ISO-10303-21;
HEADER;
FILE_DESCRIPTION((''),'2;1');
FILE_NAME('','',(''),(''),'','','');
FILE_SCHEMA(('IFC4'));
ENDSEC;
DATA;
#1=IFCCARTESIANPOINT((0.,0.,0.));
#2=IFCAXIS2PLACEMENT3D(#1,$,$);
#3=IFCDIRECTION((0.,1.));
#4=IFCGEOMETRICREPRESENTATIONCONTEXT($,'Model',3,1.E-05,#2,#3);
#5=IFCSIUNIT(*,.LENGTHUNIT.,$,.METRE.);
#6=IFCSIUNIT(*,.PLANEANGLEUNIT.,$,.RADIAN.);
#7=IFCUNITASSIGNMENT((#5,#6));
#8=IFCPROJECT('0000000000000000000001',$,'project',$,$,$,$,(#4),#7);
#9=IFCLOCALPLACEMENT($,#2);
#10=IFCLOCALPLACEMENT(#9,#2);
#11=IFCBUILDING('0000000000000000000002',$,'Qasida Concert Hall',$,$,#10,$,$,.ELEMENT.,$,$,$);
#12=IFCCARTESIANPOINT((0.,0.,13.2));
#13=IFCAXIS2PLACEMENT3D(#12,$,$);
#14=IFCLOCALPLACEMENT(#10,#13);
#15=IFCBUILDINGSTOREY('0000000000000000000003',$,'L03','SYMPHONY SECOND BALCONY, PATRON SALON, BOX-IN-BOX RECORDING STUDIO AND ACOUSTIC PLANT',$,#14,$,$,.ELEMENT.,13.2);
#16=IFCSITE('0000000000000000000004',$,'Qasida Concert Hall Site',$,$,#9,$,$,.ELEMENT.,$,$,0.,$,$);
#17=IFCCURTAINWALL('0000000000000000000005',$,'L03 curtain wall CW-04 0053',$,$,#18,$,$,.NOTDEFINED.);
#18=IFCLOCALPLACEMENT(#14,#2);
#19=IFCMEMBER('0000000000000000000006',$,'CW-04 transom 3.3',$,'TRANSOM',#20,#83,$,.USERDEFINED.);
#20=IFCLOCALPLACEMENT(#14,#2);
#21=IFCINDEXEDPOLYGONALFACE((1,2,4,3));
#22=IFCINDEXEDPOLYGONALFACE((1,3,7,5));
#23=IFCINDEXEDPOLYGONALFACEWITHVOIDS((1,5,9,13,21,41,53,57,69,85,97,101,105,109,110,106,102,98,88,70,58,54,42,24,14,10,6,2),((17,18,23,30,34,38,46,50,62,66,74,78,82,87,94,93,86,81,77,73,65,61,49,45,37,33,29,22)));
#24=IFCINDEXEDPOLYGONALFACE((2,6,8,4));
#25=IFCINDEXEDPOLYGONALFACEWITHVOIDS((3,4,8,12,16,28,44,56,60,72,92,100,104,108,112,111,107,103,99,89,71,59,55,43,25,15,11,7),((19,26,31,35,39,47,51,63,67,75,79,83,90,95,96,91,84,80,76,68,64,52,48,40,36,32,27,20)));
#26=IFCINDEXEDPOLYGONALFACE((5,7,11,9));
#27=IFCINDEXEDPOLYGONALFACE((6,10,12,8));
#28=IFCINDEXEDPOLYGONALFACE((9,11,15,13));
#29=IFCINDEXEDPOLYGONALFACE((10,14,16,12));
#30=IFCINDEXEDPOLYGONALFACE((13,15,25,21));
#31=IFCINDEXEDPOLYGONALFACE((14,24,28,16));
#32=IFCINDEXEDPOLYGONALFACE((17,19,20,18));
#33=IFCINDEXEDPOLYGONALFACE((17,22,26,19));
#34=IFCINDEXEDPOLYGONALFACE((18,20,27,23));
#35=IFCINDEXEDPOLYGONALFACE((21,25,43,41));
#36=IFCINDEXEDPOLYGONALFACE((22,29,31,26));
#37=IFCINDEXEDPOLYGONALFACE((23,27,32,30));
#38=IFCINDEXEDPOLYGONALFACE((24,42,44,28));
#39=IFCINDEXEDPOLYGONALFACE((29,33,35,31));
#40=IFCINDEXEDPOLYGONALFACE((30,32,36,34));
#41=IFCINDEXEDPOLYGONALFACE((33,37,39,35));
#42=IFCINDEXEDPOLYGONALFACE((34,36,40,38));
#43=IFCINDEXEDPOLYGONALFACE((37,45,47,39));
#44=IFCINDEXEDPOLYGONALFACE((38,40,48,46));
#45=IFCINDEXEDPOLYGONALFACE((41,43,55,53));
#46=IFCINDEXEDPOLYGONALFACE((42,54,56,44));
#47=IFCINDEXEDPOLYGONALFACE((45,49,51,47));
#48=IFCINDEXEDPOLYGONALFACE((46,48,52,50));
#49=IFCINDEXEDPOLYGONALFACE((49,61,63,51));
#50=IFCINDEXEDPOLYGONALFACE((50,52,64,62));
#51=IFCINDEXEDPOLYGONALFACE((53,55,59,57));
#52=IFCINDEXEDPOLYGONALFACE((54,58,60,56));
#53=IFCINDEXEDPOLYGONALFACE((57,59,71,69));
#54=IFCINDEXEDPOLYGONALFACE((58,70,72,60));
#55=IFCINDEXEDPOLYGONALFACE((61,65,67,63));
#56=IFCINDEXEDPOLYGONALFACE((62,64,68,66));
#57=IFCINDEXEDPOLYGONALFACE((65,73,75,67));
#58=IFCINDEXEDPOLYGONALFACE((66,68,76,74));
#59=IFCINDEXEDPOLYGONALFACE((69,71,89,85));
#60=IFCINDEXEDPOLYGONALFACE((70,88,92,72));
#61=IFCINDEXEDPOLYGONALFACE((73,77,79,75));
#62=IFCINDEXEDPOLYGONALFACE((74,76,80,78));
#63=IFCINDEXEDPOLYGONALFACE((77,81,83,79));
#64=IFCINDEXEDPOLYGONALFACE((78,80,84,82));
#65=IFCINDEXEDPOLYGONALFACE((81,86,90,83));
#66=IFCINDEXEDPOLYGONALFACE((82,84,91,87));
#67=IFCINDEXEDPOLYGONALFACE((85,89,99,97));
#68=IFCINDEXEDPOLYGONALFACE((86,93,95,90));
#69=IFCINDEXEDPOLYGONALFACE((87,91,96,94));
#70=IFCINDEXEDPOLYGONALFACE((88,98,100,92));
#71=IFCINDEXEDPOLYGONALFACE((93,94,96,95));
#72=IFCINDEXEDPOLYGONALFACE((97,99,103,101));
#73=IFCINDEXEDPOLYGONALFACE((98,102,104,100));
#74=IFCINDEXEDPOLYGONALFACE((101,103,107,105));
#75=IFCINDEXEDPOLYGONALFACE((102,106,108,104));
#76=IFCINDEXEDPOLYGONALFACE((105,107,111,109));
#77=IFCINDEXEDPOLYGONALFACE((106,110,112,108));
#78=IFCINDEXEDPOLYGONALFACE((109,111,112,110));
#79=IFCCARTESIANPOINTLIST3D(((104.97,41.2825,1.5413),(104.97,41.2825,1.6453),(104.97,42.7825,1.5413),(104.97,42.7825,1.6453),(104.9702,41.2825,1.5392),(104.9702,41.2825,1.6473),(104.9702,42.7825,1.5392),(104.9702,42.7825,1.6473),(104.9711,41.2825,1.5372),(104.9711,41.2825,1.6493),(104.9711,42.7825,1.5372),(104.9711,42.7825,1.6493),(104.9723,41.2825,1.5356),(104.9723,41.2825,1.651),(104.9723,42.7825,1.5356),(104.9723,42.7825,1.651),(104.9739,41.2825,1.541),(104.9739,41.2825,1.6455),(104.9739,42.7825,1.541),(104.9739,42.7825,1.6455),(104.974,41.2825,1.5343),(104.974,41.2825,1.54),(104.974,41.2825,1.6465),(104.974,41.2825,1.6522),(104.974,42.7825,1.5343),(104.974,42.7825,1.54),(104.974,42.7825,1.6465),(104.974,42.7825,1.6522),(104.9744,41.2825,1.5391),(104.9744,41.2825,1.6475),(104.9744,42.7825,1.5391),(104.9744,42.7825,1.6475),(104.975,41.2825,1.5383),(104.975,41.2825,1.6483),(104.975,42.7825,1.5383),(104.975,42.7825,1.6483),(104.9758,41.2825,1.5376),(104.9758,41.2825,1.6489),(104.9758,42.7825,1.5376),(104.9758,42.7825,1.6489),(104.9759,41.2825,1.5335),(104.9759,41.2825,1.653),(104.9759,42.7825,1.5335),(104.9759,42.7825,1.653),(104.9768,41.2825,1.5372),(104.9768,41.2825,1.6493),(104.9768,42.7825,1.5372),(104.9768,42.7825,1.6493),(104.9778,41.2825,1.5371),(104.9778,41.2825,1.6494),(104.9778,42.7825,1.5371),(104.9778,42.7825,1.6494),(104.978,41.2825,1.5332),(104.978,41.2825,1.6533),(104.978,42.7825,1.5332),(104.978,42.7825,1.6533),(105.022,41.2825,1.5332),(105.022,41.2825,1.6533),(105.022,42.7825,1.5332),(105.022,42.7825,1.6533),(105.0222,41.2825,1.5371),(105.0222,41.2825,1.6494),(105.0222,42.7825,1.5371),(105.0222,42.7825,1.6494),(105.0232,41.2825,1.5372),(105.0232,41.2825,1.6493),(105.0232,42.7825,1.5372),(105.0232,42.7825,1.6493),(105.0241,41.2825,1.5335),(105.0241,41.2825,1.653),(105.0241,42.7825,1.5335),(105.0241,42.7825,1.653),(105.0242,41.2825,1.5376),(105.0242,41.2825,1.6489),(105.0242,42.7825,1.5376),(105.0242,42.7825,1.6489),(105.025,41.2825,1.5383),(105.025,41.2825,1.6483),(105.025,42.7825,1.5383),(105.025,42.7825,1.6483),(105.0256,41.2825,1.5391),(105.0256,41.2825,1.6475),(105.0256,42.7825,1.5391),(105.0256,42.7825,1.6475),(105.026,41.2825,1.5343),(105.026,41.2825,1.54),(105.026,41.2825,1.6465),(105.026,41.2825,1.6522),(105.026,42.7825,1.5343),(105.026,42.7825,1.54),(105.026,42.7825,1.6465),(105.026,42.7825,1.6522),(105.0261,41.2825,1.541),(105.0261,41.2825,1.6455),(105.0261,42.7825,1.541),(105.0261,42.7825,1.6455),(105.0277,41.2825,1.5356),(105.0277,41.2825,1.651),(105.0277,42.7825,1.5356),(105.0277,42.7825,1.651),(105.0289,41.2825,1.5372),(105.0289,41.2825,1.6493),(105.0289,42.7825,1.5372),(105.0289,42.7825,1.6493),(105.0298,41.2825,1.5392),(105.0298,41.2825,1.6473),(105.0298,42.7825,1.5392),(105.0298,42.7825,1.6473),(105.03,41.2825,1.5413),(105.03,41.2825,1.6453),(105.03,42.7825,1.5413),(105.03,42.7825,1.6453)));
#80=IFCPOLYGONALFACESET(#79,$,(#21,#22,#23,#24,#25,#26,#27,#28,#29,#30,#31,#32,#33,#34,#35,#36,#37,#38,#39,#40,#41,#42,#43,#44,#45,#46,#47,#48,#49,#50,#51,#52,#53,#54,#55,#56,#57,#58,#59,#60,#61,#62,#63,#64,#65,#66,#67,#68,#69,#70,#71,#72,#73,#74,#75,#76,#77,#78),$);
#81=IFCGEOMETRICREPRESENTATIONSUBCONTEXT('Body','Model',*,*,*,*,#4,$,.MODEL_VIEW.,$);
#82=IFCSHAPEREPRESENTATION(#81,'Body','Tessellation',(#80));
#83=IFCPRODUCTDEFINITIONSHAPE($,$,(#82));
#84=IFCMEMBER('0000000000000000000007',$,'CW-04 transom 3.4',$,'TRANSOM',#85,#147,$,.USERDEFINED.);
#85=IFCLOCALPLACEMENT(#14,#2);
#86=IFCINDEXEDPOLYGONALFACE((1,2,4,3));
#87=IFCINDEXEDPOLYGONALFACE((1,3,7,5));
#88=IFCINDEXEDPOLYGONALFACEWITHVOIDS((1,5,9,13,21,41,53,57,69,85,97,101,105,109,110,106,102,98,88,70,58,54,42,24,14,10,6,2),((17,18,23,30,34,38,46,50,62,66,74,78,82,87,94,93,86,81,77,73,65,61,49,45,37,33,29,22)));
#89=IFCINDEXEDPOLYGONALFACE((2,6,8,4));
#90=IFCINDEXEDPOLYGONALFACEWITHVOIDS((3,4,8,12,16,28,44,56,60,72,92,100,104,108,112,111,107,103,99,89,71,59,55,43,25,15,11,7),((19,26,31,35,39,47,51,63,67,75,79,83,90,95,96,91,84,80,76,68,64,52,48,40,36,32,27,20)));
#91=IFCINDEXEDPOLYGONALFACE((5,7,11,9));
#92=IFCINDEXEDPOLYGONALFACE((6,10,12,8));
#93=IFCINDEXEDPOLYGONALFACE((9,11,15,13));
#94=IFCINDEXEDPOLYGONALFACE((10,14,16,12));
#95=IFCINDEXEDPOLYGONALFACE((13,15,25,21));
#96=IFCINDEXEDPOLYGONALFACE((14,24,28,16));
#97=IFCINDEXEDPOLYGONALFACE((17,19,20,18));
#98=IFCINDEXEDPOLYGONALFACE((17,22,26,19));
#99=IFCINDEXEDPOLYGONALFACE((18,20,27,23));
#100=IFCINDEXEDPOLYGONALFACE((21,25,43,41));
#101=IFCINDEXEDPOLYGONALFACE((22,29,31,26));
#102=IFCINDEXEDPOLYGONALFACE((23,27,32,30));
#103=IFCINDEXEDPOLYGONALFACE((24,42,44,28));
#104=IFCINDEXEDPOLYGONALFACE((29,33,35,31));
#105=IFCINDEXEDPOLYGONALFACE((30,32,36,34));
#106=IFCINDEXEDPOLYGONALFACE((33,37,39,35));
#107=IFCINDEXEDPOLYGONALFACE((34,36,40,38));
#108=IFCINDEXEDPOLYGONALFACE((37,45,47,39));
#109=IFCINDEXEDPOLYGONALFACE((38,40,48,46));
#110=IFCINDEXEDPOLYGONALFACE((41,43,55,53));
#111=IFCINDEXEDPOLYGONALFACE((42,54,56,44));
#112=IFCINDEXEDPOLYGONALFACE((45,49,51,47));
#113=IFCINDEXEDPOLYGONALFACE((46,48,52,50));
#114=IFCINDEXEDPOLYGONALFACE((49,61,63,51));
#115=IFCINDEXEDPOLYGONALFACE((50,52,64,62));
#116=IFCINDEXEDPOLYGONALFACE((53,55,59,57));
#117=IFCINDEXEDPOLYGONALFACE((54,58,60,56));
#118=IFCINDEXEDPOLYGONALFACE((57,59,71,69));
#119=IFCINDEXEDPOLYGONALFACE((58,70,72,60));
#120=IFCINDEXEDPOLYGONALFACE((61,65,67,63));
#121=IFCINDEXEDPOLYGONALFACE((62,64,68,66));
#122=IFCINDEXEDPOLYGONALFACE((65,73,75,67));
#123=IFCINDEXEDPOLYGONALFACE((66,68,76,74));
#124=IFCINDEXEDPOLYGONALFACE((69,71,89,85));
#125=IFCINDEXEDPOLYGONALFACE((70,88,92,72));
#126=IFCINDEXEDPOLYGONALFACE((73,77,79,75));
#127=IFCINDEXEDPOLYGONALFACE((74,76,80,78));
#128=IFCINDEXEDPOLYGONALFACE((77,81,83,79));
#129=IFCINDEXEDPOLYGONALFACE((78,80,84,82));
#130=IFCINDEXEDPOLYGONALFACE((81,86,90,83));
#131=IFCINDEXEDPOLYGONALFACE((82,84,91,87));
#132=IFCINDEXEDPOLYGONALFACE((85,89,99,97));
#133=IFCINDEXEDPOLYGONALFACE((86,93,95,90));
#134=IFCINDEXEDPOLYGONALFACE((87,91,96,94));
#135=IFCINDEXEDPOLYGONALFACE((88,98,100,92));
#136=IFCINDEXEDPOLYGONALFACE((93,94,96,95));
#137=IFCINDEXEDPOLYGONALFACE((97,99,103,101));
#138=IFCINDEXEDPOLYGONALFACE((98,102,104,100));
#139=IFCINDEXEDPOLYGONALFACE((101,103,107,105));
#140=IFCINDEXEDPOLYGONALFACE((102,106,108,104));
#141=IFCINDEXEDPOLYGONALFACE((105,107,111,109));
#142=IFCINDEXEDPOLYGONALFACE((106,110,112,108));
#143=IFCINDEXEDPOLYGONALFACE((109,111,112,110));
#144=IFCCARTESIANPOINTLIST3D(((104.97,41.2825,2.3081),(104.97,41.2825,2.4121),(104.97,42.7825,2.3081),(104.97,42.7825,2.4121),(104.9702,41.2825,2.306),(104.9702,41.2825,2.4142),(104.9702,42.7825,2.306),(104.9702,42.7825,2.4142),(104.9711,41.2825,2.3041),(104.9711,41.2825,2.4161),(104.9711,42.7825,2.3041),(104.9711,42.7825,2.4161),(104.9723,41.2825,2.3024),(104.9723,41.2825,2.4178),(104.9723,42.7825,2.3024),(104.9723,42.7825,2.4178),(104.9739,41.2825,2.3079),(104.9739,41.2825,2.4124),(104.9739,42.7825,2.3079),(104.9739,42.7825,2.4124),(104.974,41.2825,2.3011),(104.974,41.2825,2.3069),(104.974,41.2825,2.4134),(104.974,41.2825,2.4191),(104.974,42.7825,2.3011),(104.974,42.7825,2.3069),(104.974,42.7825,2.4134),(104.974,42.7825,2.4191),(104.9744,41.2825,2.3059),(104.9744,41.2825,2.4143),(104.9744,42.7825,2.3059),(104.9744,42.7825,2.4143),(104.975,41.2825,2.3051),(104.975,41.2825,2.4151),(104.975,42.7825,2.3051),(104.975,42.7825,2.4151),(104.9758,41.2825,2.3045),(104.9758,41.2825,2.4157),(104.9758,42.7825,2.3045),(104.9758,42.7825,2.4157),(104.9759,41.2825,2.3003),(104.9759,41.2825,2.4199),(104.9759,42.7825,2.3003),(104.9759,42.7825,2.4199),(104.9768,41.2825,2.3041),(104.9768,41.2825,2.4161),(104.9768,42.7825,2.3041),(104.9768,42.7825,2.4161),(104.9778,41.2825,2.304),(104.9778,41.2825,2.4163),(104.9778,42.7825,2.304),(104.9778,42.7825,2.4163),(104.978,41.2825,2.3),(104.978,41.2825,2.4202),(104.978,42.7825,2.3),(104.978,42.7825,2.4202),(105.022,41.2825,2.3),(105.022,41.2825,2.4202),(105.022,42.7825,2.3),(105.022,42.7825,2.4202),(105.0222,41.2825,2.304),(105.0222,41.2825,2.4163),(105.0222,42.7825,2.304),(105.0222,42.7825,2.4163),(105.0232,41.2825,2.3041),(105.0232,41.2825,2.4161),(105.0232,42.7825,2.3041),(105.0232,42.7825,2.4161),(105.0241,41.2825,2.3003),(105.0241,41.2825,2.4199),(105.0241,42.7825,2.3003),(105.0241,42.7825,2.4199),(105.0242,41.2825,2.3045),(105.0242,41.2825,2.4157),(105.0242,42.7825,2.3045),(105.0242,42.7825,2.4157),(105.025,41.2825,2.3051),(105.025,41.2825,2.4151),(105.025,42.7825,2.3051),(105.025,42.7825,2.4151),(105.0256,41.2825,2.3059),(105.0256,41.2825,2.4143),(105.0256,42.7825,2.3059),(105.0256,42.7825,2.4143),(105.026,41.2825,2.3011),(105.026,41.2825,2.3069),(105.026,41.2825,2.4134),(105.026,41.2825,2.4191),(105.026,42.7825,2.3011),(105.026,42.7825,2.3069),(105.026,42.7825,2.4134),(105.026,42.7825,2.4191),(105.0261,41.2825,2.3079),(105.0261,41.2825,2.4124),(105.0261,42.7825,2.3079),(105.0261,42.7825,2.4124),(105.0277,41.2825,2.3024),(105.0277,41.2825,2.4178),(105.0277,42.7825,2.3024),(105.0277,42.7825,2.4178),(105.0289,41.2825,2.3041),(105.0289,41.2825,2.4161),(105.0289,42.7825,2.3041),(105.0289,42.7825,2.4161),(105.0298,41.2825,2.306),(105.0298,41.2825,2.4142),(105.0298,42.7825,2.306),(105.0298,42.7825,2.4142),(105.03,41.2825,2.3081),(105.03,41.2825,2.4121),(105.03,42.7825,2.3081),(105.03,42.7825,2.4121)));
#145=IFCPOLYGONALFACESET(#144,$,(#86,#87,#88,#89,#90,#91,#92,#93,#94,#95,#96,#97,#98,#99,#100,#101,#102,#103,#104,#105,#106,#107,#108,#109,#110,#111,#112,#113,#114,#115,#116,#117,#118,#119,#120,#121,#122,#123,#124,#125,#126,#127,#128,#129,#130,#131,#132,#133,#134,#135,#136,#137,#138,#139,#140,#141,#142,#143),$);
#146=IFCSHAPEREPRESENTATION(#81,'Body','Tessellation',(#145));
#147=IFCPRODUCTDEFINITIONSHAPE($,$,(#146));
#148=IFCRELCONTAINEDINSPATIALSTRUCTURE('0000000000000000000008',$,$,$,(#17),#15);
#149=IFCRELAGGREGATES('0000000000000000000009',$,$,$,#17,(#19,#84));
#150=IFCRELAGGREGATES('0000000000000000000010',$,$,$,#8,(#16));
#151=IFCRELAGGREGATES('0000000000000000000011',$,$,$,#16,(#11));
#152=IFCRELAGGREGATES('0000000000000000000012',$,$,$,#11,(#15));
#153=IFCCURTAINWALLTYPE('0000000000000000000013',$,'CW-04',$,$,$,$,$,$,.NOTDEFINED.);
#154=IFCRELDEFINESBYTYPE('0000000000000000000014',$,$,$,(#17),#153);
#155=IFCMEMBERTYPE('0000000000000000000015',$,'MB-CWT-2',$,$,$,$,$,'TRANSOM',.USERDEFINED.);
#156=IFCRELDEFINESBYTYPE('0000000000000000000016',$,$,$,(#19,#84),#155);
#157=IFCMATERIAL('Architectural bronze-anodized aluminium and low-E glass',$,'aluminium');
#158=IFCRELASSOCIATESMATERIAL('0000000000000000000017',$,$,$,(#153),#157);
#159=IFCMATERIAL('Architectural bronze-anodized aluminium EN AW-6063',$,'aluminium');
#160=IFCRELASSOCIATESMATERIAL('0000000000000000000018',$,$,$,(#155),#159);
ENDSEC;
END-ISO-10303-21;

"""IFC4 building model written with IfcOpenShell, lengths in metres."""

from ifc_helpers import new_model, si_unit, direction, frame, origin, origin_2d, place, context, subcontext, project, spatial, hollow_rectangle, extrude, material, material_profile, profile_set, type_object, element, aggregate, save


model = new_model("IFC4")

# Units and contexts
model_context = context("Model", 3, precision=1e-05, world=origin(), true_north=direction((0.0, 1.0)))
body_context = subcontext(model_context, "Body", "Model", "MODEL_VIEW")
ifc_project = project(units=[si_unit("LENGTHUNIT", "METRE"), si_unit("PLANEANGLEUNIT", "RADIAN")], contexts=[model_context])

# Site, building, storey
site_placement = place(None, origin())
site = spatial("IfcSite", under=ifc_project, at=site_placement, Name="Qasida Concert Hall Site", CompositionType="ELEMENT", RefElevation=0.0)
building_placement = place(site_placement, origin())
building = spatial("IfcBuilding", under=site, at=building_placement, Name="Qasida Concert Hall", CompositionType="ELEMENT")
storey_placement = place(building_placement, frame((0.0, 0.0, 13.2)))
storey = spatial("IfcBuildingStorey", under=building, at=storey_placement, Name="L03", Description="SYMPHONY SECOND BALCONY, PATRON SALON, BOX-IN-BOX RECORDING STUDIO AND ACOUSTIC PLANT", CompositionType="ELEMENT", Elevation=13.2)

# Curtain wall
ifc_material_1 = material(Name="Architectural bronze-anodized aluminium and low-E glass", Category="aluminium")
curtain_wall_type = type_object("IfcCurtainWallType", Name="CW-04", PredefinedType="NOTDEFINED", material=ifc_material_1)
curtain_wall_1_placement = place(storey_placement, origin())
curtain_wall_1 = element("IfcCurtainWall", 1, at=curtain_wall_1_placement, inside=storey, type_object=curtain_wall_type, Name="L03 curtain wall CW-04 0053", PredefinedType="NOTDEFINED")
ifc_material_2 = material(Name="Architectural bronze-anodized aluminium EN AW-6063", Category="aluminium")

# Members
ifc_material_profile_1 = material_profile(ifc_material_2, hollow_rectangle(XDim=0.0601, YDim=0.1201, WallThickness=0.0039, InnerFilletRadius=0.0039, OuterFilletRadius=0.0081, at=origin_2d()), Name="CWT 120x60x4")
ifc_profile_set_1 = profile_set([ifc_material_profile_1], Name="Architectural bronze-anodized aluminium EN AW-6063")
member_type_1 = type_object("IfcMemberType", Name="MB-CWT-2", ElementType="TRANSOM", PredefinedType="USERDEFINED", material=ifc_profile_set_1)
member_1_placement = place(storey_placement, frame((105.0, 41.2825, 1.5933), z_axis=(0.0, 1.0, 0.0), x_axis=(-1.0, 0.0, 0.0)))
member_1 = element("IfcMember", 2, at=member_1_placement, type_object=member_type_1, Name="CW-04 transom 3.3", ObjectType="TRANSOM", PredefinedType="USERDEFINED", context=body_context, shape_type="SweptSolid", body=[
    extrude(hollow_rectangle(XDim=0.0601, YDim=0.1201, WallThickness=0.0039, InnerFilletRadius=0.0039, OuterFilletRadius=0.0081, at=origin_2d()), origin(), (0.0, 0.0, 1.0), 1.5),
])
member_2_placement = place(storey_placement, frame((105.0, 41.2825, 2.3601), z_axis=(0.0, 1.0, 0.0), x_axis=(-1.0, 0.0, 0.0)))
member_2 = element("IfcMember", 3, at=member_2_placement, type_object=member_type_1, Name="CW-04 transom 3.4", ObjectType="TRANSOM", PredefinedType="USERDEFINED", context=body_context, shape_type="SweptSolid", body=[
    extrude(hollow_rectangle(XDim=0.0601, YDim=0.1201, WallThickness=0.0039, InnerFilletRadius=0.0039, OuterFilletRadius=0.0081, at=origin_2d()), origin(), (0.0, 0.0, 1.0), 1.5),
])

aggregate(curtain_wall_1, [member_1, member_2])

save(model, "model.ifc")
